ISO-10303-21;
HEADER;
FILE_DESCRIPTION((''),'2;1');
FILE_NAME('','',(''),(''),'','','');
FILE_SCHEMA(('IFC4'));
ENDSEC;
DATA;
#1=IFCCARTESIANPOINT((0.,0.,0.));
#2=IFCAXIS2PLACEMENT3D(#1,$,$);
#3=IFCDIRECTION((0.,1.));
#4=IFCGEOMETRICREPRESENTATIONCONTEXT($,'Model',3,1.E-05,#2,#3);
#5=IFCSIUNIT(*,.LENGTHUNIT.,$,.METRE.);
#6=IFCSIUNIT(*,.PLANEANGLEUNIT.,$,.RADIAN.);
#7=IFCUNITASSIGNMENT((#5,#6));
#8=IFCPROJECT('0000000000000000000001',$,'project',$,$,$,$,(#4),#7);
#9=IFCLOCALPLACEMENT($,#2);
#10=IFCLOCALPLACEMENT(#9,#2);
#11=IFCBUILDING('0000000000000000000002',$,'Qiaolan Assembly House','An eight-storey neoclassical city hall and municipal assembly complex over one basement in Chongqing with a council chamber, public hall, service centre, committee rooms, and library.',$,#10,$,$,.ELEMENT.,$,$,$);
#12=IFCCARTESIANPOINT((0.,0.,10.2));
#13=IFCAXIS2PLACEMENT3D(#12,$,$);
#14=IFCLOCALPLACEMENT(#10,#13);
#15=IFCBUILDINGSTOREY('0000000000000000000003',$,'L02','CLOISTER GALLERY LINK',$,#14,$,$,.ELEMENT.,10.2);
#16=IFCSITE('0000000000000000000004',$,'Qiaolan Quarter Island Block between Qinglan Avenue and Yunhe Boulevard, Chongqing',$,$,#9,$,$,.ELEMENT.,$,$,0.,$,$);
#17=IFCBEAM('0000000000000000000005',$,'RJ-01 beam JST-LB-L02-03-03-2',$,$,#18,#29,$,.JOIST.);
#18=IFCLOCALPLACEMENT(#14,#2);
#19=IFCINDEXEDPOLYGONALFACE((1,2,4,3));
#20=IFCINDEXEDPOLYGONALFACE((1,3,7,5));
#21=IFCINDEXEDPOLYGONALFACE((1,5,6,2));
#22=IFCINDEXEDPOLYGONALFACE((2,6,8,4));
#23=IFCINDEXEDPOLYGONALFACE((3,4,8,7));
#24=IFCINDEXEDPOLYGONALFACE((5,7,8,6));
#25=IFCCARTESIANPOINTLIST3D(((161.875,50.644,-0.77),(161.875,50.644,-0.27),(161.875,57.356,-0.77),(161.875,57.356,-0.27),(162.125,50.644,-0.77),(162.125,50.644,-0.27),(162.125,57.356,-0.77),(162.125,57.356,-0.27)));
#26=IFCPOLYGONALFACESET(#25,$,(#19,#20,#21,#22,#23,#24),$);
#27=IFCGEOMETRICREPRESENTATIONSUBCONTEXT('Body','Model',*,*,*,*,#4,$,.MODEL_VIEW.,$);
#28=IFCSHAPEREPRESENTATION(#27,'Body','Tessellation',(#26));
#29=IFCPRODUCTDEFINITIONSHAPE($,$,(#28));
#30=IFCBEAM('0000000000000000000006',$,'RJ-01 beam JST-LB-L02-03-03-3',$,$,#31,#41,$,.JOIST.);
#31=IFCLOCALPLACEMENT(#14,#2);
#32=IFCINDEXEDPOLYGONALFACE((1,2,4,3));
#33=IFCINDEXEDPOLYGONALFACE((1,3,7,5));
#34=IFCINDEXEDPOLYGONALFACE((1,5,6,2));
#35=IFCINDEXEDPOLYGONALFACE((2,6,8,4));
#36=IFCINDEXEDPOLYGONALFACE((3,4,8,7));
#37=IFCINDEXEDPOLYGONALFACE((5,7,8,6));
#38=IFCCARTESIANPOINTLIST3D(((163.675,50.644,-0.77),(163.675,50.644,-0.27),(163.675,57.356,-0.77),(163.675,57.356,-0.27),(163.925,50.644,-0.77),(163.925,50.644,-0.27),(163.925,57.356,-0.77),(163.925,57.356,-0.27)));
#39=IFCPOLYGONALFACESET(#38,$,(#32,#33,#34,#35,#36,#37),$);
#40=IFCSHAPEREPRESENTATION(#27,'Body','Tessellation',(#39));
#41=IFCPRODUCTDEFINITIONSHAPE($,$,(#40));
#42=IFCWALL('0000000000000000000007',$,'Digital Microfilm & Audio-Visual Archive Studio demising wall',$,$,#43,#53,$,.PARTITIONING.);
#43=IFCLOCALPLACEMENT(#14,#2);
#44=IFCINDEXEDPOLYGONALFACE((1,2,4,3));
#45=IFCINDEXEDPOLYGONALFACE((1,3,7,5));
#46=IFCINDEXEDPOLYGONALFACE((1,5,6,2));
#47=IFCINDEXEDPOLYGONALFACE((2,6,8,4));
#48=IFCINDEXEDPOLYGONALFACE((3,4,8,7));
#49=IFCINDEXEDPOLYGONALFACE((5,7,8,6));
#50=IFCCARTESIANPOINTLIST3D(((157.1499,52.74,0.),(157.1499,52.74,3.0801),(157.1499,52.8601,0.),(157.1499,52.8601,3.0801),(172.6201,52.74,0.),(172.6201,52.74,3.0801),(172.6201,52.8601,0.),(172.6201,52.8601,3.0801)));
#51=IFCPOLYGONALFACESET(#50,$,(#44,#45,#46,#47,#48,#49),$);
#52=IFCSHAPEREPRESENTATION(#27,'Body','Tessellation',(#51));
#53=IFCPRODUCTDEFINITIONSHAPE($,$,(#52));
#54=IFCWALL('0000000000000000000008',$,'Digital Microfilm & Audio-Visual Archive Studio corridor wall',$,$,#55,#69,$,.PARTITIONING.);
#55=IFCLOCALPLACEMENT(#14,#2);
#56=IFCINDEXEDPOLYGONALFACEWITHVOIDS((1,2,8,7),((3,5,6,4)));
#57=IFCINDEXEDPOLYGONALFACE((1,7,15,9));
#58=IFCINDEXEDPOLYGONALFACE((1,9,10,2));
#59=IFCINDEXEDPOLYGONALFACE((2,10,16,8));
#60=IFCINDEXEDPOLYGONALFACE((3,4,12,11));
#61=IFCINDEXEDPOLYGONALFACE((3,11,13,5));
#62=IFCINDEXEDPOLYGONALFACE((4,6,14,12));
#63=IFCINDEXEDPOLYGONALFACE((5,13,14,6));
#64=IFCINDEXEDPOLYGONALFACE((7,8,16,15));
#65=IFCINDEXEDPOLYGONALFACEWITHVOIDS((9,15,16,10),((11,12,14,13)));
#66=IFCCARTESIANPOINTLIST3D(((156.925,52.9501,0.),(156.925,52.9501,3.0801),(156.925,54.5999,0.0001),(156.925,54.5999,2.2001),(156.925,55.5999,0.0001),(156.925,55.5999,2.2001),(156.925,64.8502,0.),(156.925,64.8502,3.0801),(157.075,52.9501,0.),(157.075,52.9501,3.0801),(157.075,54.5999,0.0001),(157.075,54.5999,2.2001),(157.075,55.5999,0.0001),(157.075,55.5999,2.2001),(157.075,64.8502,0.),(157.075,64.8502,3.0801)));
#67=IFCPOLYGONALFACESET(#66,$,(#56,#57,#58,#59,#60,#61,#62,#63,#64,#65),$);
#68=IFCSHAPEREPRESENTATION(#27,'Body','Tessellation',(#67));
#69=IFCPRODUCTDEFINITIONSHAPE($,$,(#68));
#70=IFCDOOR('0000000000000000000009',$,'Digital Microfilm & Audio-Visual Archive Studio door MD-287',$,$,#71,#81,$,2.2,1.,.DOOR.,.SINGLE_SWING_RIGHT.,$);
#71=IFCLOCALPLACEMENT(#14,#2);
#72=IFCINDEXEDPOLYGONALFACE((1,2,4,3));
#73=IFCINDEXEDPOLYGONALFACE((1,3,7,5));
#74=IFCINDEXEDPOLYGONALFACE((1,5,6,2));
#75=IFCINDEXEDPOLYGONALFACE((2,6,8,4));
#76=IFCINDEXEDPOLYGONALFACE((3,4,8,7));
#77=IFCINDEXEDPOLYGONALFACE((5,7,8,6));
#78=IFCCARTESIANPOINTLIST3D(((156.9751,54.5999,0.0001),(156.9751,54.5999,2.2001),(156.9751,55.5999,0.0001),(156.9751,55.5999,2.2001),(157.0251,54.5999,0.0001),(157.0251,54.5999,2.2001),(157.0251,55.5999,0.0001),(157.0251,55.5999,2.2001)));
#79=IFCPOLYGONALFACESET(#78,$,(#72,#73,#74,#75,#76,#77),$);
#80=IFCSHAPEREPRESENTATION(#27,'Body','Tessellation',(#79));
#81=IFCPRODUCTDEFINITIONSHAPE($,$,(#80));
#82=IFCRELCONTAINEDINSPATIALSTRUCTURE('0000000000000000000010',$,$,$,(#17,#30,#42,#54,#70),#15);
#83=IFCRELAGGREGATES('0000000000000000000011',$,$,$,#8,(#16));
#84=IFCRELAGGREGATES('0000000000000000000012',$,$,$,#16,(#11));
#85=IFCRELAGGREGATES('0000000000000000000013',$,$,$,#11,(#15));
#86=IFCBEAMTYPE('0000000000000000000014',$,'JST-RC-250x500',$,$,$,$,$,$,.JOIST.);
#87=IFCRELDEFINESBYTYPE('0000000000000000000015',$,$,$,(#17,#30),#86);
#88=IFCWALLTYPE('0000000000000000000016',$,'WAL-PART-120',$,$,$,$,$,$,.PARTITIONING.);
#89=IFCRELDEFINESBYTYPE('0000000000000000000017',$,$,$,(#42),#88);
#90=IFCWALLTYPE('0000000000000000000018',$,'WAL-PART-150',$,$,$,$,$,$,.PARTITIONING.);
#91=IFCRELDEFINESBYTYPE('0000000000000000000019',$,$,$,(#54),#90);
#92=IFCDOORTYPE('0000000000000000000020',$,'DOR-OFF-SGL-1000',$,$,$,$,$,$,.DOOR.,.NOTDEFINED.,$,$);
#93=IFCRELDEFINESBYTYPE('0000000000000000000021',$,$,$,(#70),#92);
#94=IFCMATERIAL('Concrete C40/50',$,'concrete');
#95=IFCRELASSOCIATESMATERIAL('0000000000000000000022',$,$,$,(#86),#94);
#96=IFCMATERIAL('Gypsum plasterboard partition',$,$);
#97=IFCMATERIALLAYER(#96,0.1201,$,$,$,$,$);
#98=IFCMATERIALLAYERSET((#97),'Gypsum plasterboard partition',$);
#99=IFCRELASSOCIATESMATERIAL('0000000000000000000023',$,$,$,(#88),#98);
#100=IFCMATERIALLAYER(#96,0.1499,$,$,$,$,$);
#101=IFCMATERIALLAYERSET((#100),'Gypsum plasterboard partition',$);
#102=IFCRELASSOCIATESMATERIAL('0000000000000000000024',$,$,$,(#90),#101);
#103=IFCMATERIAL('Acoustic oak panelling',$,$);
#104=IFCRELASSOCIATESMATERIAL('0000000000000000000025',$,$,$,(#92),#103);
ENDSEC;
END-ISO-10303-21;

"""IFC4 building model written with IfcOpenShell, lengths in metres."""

from ifc_helpers import new_model, si_unit, direction, frame, frame_2d, origin, origin_2d, place, context, subcontext, project, spatial, rectangle, extrude, material, layer, layer_set, material_profile, profile_set, type_object, element, fill, save


model = new_model("IFC4")

# Units and contexts
model_context = context("Model", 3, precision=1e-05, world=origin(), true_north=direction((0.0, 1.0)))
body_context = subcontext(model_context, "Body", "Model", "MODEL_VIEW")
ifc_project = project(units=[si_unit("LENGTHUNIT", "METRE"), si_unit("PLANEANGLEUNIT", "RADIAN")], contexts=[model_context])

# Site, building, storey
site_placement = place(None, origin())
site = spatial("IfcSite", under=ifc_project, at=site_placement, Name="Qiaolan Quarter Island Block between Qinglan Avenue and Yunhe Boulevard, Chongqing", CompositionType="ELEMENT", RefElevation=0.0)
building_placement = place(site_placement, origin())
building = spatial("IfcBuilding", under=site, at=building_placement, Name="Qiaolan Assembly House", Description="An eight-storey neoclassical city hall and municipal assembly complex over one basement in Chongqing with a council chamber, public hall, service centre, committee rooms, and library.", CompositionType="ELEMENT")
storey_placement = place(building_placement, frame((0.0, 0.0, 10.2)))
storey = spatial("IfcBuildingStorey", under=building, at=storey_placement, Name="L02", Description="CLOISTER GALLERY LINK", CompositionType="ELEMENT", Elevation=10.2)

# Shared definitions
ifc_material_1 = material(Name="Concrete C40/50", Category="concrete")

# Beams
ifc_material_profile_1 = material_profile(ifc_material_1, rectangle(XDim=0.25, YDim=0.5, at=origin_2d()), Name="RCB 250x500")
ifc_profile_set_1 = profile_set([ifc_material_profile_1], Name="Concrete C40/50")
beam_type_1 = type_object("IfcBeamType", Name="JST-RC-250x500", PredefinedType="JOIST", material=ifc_profile_set_1)
for number, where, z_axis, x_axis, name in (
    (1, (162.0, 50.644, -0.52), (0.0, 1.0, 0.0), (-1.0, 0.0, 0.0), "RJ-01 beam JST-LB-L02-03-03-2"),
    (2, (163.8, 50.644, -0.52), (0.0, 1.0, 0.0), (-1.0, 0.0, 0.0), "RJ-01 beam JST-LB-L02-03-03-3"),
):
    element("IfcBeam", number, at=place(storey_placement, frame(where, z_axis=z_axis, x_axis=x_axis)), inside=storey, type_object=beam_type_1, Name=name, PredefinedType="JOIST", context=body_context, shape_type="SweptSolid", body=[
        extrude(rectangle(XDim=0.25, YDim=0.5, at=origin_2d()), origin(), (0.0, 0.0, 1.0), 6.7119),
    ])

# Wall
ifc_material_2 = material(Name="Gypsum plasterboard partition")
ifc_layer_1 = layer(ifc_material_2, 0.1201)
ifc_layer_set_1 = layer_set([ifc_layer_1], Name="Gypsum plasterboard partition")
wall_type_1 = type_object("IfcWallType", Name="WAL-PART-120", PredefinedType="PARTITIONING", material=ifc_layer_set_1)
wall_1_placement = place(storey_placement, frame((157.1499, 52.8, 0.0), z_axis=(0.0, 0.0, 1.0), x_axis=(1.0, 0.0, 0.0)))
element("IfcWall", 3, at=wall_1_placement, inside=storey, type_object=wall_type_1, Name="Digital Microfilm & Audio-Visual Archive Studio demising wall", PredefinedType="PARTITIONING", context=body_context, shape_type="SweptSolid", body=[
    extrude(rectangle(XDim=15.4702, YDim=0.1201, at=frame_2d((7.7351, 0.0))), origin(), (0.0, 0.0, 1.0), 3.0801),
])

# Wall, opening, door
ifc_layer_2 = layer(ifc_material_2, 0.1499)
ifc_layer_set_2 = layer_set([ifc_layer_2], Name="Gypsum plasterboard partition")
wall_type_2 = type_object("IfcWallType", Name="WAL-PART-150", PredefinedType="PARTITIONING", material=ifc_layer_set_2)
wall_2_placement = place(storey_placement, frame((157.0, 52.95, 0.0), z_axis=(0.0, 0.0, 1.0), x_axis=(0.0, 1.0, 0.0)))
wall_2 = element("IfcWall", 4, at=wall_2_placement, inside=storey, type_object=wall_type_2, Name="Digital Microfilm & Audio-Visual Archive Studio corridor wall", PredefinedType="PARTITIONING", context=body_context, shape_type="SweptSolid", body=[
    extrude(rectangle(XDim=11.9001, YDim=0.1499, at=frame_2d((5.9502, 0.0))), origin(), (0.0, 0.0, 1.0), 3.0801),
])
opening_placement = place(wall_2_placement, frame((1.6499, 0.0, 0.0)))
opening = element("IfcOpeningElement", 5, at=opening_placement, cuts=wall_2, PredefinedType="OPENING", context=body_context, shape_type="SweptSolid", body=[
    extrude(rectangle(XDim=1.0, YDim=2.2, at=frame_2d((0.5, 1.1001))), frame((0.0, 0.085, 0.0), z_axis=(0.0, -1.0, 0.0), x_axis=(1.0, 0.0, 0.0)), (0.0, 0.0, 1.0), 0.1699),
])
ifc_material_3 = material(Name="Acoustic oak panelling")
door_type = type_object("IfcDoorType", Name="DOR-OFF-SGL-1000", OperationType="NOTDEFINED", PredefinedType="DOOR", material=ifc_material_3)
door_placement = place(opening_placement, origin())
door = element("IfcDoor", 6, at=door_placement, inside=storey, type_object=door_type, Name="Digital Microfilm & Audio-Visual Archive Studio door MD-287", OperationType="SINGLE_SWING_RIGHT", OverallHeight=2.2, OverallWidth=1.0, PredefinedType="DOOR", context=body_context, shape_type="SweptSolid", body=[
    extrude(rectangle(XDim=1.0, YDim=2.2, at=frame_2d((0.5, 1.1001))), frame((0.0, 0.0249, 0.0), z_axis=(0.0, -1.0, 0.0), x_axis=(1.0, 0.0, 0.0)), (0.0, 0.0, 1.0), 0.05),
])
fill(opening, door)

save(model, "model.ifc")
